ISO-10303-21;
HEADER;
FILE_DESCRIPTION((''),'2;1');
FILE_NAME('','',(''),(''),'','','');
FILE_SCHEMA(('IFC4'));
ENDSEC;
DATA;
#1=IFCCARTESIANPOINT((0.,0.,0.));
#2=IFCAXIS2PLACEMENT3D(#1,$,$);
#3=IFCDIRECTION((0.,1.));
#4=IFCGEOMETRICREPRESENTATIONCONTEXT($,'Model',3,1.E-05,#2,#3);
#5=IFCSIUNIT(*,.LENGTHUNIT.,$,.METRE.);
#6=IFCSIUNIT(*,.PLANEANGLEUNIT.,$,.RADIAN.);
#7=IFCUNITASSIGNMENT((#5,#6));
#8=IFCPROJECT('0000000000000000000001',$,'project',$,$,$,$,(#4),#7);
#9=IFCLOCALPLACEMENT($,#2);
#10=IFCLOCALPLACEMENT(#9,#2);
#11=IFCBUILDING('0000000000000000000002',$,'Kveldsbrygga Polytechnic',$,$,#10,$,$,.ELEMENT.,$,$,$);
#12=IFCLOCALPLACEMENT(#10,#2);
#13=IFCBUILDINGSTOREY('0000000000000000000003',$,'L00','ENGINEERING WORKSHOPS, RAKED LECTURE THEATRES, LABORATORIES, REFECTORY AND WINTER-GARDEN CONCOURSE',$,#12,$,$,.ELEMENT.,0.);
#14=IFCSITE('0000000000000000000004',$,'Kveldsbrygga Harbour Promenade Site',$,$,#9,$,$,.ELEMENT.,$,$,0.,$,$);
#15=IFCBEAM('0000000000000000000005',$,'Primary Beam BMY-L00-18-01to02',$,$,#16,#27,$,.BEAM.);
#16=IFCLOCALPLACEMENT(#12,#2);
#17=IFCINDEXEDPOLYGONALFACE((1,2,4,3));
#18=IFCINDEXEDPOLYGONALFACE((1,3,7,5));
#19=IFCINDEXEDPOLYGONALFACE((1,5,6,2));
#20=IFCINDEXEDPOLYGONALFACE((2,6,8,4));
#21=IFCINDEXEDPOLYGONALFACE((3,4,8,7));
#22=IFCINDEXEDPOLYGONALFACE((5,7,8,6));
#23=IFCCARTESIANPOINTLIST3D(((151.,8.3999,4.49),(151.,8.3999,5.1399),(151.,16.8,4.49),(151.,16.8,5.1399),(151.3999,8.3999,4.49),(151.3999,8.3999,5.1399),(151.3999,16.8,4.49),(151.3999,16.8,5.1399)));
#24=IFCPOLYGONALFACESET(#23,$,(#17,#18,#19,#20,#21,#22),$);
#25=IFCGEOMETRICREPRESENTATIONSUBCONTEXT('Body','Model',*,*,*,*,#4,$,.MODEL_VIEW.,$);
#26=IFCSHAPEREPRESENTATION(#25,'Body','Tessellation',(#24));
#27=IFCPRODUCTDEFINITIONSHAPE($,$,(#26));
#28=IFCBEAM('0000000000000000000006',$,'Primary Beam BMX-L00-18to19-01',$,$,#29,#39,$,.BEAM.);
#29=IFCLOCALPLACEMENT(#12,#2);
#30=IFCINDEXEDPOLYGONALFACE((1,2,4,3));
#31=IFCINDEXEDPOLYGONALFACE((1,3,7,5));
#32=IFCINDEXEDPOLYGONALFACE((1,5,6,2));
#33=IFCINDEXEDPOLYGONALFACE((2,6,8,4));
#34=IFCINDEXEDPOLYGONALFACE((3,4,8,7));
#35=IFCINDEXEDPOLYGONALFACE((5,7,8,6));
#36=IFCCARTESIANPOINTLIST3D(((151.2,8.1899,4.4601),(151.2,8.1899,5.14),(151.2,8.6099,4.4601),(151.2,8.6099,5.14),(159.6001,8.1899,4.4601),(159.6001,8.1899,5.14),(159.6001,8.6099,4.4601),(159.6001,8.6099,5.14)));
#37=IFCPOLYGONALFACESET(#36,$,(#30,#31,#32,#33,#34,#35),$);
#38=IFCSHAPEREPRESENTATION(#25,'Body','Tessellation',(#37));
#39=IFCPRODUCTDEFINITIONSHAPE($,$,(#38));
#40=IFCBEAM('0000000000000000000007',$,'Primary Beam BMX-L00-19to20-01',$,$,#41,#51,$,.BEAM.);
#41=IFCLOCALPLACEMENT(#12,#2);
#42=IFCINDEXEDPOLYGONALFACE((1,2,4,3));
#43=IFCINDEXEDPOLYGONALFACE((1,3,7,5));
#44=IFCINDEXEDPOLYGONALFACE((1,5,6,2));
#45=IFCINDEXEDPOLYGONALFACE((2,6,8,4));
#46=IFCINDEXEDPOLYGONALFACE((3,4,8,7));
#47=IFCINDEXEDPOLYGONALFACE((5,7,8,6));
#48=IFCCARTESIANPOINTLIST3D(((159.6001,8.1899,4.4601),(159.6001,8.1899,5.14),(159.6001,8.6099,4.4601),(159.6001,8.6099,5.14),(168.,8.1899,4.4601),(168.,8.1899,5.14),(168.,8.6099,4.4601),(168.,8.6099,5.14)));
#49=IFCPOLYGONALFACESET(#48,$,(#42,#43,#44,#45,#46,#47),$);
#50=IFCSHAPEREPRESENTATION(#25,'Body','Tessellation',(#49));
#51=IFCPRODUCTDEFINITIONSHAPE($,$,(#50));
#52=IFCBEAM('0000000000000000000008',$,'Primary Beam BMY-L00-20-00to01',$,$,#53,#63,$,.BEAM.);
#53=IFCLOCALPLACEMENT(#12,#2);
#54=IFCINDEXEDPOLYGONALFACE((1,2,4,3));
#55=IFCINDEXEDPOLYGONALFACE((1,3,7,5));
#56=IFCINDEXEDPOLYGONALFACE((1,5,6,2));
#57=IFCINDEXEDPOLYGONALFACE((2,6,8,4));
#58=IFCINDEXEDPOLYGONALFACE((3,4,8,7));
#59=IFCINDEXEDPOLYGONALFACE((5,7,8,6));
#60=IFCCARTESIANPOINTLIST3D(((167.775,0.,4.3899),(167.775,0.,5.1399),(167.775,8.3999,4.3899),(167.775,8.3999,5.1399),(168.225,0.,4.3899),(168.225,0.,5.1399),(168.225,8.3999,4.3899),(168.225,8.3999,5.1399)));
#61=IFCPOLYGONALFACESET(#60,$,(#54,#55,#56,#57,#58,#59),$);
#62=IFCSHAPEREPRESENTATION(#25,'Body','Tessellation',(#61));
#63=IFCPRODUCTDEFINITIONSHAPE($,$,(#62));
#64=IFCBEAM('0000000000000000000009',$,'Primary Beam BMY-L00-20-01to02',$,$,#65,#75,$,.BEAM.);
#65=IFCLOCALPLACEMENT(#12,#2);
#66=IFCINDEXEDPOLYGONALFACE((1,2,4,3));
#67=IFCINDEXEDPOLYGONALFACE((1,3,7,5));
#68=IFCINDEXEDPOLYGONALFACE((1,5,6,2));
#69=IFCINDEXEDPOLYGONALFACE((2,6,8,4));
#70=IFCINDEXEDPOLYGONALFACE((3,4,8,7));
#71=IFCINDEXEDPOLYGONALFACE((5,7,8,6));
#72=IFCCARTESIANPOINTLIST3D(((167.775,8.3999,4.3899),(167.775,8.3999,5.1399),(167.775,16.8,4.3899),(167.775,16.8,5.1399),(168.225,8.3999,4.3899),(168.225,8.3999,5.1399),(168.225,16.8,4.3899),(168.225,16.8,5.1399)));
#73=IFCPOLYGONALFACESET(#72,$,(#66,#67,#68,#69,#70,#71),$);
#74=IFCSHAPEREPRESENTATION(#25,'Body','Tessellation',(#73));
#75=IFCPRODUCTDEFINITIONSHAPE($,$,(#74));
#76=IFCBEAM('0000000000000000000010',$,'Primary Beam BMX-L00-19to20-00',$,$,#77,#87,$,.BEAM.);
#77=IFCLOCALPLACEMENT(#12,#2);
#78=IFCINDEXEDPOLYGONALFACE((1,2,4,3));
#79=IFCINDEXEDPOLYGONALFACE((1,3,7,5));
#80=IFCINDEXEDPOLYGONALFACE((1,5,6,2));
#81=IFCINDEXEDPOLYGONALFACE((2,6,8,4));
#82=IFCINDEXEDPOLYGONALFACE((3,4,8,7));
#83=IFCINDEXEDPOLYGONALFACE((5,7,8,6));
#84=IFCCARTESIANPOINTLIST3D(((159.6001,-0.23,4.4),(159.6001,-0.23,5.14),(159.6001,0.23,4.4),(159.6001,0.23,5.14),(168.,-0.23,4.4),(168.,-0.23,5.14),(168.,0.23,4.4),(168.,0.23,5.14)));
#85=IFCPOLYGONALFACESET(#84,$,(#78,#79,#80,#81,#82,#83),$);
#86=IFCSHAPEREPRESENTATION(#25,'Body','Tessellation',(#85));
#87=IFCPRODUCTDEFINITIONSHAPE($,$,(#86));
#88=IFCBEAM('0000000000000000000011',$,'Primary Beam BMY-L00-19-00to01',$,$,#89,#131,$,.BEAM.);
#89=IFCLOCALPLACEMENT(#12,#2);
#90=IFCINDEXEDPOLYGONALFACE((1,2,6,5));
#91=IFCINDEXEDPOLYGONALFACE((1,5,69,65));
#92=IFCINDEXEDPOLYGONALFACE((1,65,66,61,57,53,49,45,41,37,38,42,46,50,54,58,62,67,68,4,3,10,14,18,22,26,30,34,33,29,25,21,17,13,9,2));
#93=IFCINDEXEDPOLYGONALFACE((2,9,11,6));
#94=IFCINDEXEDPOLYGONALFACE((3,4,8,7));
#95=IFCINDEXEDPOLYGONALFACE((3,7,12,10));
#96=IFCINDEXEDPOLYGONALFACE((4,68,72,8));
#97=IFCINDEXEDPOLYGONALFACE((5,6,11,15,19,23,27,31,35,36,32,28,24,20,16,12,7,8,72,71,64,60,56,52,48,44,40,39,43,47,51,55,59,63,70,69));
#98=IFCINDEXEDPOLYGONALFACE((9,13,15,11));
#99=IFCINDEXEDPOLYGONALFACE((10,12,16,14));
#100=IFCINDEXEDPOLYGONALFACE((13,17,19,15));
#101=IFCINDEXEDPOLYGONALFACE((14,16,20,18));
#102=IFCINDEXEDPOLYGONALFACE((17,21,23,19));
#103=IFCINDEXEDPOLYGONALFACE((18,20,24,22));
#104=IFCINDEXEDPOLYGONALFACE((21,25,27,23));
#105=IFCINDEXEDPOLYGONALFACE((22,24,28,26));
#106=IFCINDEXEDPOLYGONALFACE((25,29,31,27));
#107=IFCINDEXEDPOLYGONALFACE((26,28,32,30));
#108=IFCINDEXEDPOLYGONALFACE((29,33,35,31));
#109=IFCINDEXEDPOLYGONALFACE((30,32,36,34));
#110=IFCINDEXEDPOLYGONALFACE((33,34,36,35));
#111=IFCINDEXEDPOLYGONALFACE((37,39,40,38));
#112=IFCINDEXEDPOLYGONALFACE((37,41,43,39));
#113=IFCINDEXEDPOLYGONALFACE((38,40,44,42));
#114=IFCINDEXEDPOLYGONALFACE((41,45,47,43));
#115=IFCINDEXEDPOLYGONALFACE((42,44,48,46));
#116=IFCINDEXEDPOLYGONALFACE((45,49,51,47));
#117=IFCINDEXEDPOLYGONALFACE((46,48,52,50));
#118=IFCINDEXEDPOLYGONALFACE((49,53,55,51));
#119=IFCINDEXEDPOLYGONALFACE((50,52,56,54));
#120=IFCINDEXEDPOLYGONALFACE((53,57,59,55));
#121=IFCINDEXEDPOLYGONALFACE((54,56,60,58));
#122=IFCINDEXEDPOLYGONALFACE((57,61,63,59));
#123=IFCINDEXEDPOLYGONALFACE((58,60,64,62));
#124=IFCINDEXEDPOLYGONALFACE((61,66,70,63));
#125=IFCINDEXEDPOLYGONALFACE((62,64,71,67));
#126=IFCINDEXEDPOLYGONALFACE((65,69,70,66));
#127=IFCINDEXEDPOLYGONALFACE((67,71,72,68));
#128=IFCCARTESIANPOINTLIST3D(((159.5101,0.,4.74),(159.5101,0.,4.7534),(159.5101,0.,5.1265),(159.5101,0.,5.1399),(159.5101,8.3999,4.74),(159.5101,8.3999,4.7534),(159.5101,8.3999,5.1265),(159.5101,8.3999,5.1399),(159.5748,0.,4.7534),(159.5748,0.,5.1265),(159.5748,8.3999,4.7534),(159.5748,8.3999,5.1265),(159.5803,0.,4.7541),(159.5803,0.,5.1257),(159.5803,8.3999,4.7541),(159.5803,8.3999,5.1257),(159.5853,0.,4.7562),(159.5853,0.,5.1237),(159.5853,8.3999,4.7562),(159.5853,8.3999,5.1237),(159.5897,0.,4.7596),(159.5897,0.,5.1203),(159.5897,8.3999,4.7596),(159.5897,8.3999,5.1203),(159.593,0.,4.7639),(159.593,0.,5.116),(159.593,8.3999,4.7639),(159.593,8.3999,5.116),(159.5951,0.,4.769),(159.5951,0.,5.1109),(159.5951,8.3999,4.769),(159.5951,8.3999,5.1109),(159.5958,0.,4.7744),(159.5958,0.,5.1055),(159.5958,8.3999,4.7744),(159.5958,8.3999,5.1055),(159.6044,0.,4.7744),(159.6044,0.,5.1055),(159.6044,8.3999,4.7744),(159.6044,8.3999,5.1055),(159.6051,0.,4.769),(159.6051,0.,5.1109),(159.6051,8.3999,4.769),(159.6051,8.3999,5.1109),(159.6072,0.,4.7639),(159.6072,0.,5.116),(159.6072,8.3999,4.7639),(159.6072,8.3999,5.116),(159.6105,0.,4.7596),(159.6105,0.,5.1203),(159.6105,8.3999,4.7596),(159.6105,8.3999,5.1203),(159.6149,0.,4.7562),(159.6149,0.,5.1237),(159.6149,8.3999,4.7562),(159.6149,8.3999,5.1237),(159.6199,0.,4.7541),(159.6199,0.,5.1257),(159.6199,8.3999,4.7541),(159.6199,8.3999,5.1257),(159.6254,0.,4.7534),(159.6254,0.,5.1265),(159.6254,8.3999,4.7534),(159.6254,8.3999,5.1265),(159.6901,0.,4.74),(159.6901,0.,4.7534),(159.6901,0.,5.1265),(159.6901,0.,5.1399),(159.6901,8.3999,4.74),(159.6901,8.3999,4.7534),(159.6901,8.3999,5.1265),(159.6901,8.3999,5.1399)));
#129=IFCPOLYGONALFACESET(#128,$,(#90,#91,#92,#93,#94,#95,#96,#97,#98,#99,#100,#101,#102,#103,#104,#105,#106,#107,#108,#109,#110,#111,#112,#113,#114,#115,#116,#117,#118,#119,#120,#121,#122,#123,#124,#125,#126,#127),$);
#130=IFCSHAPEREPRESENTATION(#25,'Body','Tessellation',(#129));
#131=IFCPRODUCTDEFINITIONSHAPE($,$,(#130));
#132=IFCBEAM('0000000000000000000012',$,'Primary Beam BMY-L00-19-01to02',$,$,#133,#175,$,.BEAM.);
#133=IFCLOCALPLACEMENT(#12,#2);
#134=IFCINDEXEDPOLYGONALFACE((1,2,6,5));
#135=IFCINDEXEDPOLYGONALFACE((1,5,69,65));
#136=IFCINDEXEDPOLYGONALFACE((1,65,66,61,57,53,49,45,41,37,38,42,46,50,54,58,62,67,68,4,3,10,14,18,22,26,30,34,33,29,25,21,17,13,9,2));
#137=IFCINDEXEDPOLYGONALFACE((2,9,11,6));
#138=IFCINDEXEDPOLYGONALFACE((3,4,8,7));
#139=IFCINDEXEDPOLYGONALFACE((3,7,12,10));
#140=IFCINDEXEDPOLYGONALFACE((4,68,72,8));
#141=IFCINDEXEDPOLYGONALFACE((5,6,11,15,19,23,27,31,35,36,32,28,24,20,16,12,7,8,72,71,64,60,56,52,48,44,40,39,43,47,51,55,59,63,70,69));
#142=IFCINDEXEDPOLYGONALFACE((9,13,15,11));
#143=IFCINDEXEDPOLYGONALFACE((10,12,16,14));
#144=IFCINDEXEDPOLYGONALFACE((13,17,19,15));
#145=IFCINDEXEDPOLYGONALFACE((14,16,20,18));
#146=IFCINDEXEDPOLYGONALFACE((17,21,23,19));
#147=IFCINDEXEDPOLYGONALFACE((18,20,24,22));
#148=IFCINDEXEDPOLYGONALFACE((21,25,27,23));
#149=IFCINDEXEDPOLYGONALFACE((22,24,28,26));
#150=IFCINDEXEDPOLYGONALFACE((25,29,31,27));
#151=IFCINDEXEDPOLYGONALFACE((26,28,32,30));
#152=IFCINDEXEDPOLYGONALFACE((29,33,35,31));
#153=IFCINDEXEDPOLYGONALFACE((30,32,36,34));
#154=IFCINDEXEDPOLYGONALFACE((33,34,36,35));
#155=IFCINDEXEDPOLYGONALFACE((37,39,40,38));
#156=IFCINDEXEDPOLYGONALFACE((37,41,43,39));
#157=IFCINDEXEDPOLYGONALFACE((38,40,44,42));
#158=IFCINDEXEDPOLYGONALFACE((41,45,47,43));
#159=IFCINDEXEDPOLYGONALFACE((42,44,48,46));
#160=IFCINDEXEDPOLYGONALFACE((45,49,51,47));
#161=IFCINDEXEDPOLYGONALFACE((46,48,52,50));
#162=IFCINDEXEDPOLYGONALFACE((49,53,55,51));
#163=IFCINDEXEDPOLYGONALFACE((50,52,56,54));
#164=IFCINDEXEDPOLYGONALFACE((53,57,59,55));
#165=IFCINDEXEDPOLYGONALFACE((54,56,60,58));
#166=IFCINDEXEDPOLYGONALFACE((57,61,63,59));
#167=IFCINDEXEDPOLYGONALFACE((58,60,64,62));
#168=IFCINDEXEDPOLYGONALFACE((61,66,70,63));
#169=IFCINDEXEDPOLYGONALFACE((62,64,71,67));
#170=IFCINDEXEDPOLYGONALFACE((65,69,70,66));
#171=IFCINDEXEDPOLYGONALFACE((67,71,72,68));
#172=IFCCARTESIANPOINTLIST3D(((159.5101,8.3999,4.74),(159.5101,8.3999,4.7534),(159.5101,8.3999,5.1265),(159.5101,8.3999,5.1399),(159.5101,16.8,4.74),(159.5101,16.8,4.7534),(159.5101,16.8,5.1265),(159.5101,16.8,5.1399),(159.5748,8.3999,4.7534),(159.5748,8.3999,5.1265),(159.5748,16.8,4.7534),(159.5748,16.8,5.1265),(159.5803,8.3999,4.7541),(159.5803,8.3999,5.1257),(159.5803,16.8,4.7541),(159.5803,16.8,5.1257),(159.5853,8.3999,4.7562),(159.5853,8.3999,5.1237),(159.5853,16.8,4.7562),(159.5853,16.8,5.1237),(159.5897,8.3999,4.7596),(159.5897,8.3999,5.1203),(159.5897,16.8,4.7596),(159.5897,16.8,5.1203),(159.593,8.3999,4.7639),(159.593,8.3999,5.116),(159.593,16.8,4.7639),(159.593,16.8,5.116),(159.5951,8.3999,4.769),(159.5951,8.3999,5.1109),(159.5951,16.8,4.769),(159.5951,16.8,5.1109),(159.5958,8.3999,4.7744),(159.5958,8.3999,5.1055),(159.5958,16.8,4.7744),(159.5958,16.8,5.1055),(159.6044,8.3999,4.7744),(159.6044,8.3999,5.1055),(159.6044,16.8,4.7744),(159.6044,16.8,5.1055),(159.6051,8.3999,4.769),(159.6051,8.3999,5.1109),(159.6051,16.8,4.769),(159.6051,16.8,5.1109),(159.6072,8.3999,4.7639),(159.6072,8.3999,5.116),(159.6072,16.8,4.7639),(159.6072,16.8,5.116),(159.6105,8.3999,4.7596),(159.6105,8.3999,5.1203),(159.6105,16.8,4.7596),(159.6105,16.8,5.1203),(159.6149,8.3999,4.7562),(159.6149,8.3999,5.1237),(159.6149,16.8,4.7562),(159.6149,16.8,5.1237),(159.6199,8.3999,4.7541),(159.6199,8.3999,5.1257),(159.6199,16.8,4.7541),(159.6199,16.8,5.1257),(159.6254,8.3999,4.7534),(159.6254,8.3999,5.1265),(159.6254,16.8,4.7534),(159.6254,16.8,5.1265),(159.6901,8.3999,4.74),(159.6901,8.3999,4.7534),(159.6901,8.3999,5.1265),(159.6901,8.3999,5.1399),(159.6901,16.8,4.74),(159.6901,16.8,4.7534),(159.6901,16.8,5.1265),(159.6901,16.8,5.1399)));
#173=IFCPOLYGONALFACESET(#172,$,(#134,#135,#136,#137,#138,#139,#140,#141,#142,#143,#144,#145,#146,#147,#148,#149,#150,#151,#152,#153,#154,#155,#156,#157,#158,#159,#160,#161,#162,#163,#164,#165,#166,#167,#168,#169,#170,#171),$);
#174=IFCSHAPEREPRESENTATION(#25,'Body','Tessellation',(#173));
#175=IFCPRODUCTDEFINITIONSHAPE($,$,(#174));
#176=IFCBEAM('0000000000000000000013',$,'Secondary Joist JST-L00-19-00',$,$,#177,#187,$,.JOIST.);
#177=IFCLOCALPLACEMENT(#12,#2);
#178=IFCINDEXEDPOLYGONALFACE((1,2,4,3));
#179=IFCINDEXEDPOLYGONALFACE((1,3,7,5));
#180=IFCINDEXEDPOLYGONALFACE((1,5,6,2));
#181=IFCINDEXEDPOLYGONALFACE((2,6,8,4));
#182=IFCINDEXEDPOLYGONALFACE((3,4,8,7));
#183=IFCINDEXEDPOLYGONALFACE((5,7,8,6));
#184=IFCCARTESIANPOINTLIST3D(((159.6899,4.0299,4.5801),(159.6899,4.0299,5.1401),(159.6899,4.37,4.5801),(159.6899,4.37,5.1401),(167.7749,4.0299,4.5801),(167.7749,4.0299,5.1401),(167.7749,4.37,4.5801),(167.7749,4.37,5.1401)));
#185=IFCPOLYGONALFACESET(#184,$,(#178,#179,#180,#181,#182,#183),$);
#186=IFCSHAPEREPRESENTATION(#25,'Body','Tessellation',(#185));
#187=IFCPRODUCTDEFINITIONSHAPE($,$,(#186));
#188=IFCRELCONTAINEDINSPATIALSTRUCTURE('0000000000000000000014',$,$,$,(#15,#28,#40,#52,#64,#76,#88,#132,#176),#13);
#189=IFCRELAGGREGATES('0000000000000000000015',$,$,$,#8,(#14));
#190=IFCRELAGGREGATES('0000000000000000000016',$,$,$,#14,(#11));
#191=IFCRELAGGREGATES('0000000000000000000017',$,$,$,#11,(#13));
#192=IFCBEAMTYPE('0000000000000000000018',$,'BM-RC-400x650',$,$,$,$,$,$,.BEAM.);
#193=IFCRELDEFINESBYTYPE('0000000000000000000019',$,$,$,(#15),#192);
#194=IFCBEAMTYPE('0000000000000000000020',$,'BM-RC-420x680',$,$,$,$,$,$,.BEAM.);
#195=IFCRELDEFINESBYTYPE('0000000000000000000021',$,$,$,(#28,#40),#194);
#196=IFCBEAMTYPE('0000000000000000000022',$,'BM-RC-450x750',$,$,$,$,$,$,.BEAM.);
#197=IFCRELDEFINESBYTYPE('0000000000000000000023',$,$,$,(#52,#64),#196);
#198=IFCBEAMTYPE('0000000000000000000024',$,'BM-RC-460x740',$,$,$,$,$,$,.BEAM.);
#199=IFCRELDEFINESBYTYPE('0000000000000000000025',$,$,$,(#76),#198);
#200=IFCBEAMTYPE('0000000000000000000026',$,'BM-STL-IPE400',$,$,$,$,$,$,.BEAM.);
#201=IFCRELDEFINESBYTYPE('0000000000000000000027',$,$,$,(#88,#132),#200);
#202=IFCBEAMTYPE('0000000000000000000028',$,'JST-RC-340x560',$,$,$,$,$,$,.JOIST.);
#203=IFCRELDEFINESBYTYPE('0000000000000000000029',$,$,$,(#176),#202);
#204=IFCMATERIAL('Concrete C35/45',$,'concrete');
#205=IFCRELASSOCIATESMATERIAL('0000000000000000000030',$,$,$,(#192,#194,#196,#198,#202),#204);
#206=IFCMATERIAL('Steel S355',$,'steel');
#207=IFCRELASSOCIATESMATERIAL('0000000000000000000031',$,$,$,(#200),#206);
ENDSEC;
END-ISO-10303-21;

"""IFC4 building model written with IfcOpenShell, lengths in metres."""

from ifc_helpers import new_model, si_unit, direction, frame, origin, origin_2d, place, context, subcontext, project, spatial, rectangle, i_section, extrude, material, material_profile, profile_set, type_object, element, save


model = new_model("IFC4")

# Units and contexts
model_context = context("Model", 3, precision=1e-05, world=origin(), true_north=direction((0.0, 1.0)))
body_context = subcontext(model_context, "Body", "Model", "MODEL_VIEW")
ifc_project = project(units=[si_unit("LENGTHUNIT", "METRE"), si_unit("PLANEANGLEUNIT", "RADIAN")], contexts=[model_context])

# Site, building, storey
site_placement = place(None, origin())
site = spatial("IfcSite", under=ifc_project, at=site_placement, Name="Kveldsbrygga Harbour Promenade Site", CompositionType="ELEMENT", RefElevation=0.0)
building_placement = place(site_placement, origin())
building = spatial("IfcBuilding", under=site, at=building_placement, Name="Kveldsbrygga Polytechnic", CompositionType="ELEMENT")
storey_placement = place(building_placement, origin())
storey = spatial("IfcBuildingStorey", under=building, at=storey_placement, Name="L00", Description="ENGINEERING WORKSHOPS, RAKED LECTURE THEATRES, LABORATORIES, REFECTORY AND WINTER-GARDEN CONCOURSE", CompositionType="ELEMENT", Elevation=0.0)

# Beams
ifc_material_1 = material(Name="Concrete C35/45", Category="concrete")
ifc_material_profile_1 = material_profile(ifc_material_1, rectangle(XDim=0.3999, YDim=0.6499, at=origin_2d()), Name="RC 400x650")
ifc_profile_set_1 = profile_set([ifc_material_profile_1], Name="Concrete C35/45")
beam_type_1 = type_object("IfcBeamType", Name="BM-RC-400x650", PredefinedType="BEAM", material=ifc_profile_set_1)
beam_1_placement = place(storey_placement, frame((151.2, 8.3999, 4.8149), z_axis=(0.0, 1.0, 0.0), x_axis=(-1.0, 0.0, 0.0)))
element("IfcBeam", 1, at=beam_1_placement, inside=storey, type_object=beam_type_1, Name="Primary Beam BMY-L00-18-01to02", PredefinedType="BEAM", context=body_context, shape_type="SweptSolid", body=[
    extrude(rectangle(XDim=0.3999, YDim=0.6499, at=origin_2d()), origin(), (0.0, 0.0, 1.0), 8.4001),
])
ifc_material_profile_2 = material_profile(ifc_material_1, rectangle(XDim=0.4199, YDim=0.6799, at=origin_2d()), Name="RC 420x680")
ifc_profile_set_2 = profile_set([ifc_material_profile_2], Name="Concrete C35/45")
beam_type_2 = type_object("IfcBeamType", Name="BM-RC-420x680", PredefinedType="BEAM", material=ifc_profile_set_2)
beam_2_placement = place(storey_placement, frame((151.2, 8.3999, 4.8), z_axis=(1.0, 0.0, 0.0), x_axis=(0.0, 1.0, 0.0)))
element("IfcBeam", 2, at=beam_2_placement, inside=storey, type_object=beam_type_2, Name="Primary Beam BMX-L00-18to19-01", PredefinedType="BEAM", context=body_context, shape_type="SweptSolid", body=[
    extrude(rectangle(XDim=0.4199, YDim=0.6799, at=origin_2d()), origin(), (0.0, 0.0, 1.0), 8.4001),
])
beam_3_placement = place(storey_placement, frame((159.6001, 8.3999, 4.8), z_axis=(1.0, 0.0, 0.0), x_axis=(0.0, 1.0, 0.0)))
element("IfcBeam", 3, at=beam_3_placement, inside=storey, type_object=beam_type_2, Name="Primary Beam BMX-L00-19to20-01", PredefinedType="BEAM", context=body_context, shape_type="SweptSolid", body=[
    extrude(rectangle(XDim=0.4199, YDim=0.6799, at=origin_2d()), origin(), (0.0, 0.0, 1.0), 8.3999),
])
ifc_material_profile_3 = material_profile(ifc_material_1, rectangle(XDim=0.45, YDim=0.75, at=origin_2d()), Name="RC 450x750")
ifc_profile_set_3 = profile_set([ifc_material_profile_3], Name="Concrete C35/45")
beam_type_3 = type_object("IfcBeamType", Name="BM-RC-450x750", PredefinedType="BEAM", material=ifc_profile_set_3)
beam_4_placement = place(storey_placement, frame((168.0, 0.0, 4.7649), z_axis=(0.0, 1.0, 0.0), x_axis=(-1.0, 0.0, 0.0)))
element("IfcBeam", 4, at=beam_4_placement, inside=storey, type_object=beam_type_3, Name="Primary Beam BMY-L00-20-00to01", PredefinedType="BEAM", context=body_context, shape_type="SweptSolid", body=[
    extrude(rectangle(XDim=0.45, YDim=0.75, at=origin_2d()), origin(), (0.0, 0.0, 1.0), 8.3999),
])
beam_5_placement = place(storey_placement, frame((168.0, 8.3999, 4.7649), z_axis=(0.0, 1.0, 0.0), x_axis=(-1.0, 0.0, 0.0)))
element("IfcBeam", 5, at=beam_5_placement, inside=storey, type_object=beam_type_3, Name="Primary Beam BMY-L00-20-01to02", PredefinedType="BEAM", context=body_context, shape_type="SweptSolid", body=[
    extrude(rectangle(XDim=0.45, YDim=0.75, at=origin_2d()), origin(), (0.0, 0.0, 1.0), 8.4001),
])
ifc_material_profile_4 = material_profile(ifc_material_1, rectangle(XDim=0.46, YDim=0.74, at=origin_2d()), Name="RC 460x740")
ifc_profile_set_4 = profile_set([ifc_material_profile_4], Name="Concrete C35/45")
beam_type_4 = type_object("IfcBeamType", Name="BM-RC-460x740", PredefinedType="BEAM", material=ifc_profile_set_4)
beam_6_placement = place(storey_placement, frame((159.6001, 0.0, 4.77), z_axis=(1.0, 0.0, 0.0), x_axis=(0.0, 1.0, 0.0)))
element("IfcBeam", 6, at=beam_6_placement, inside=storey, type_object=beam_type_4, Name="Primary Beam BMX-L00-19to20-00", PredefinedType="BEAM", context=body_context, shape_type="SweptSolid", body=[
    extrude(rectangle(XDim=0.46, YDim=0.74, at=origin_2d()), origin(), (0.0, 0.0, 1.0), 8.3999),
])
ifc_material_2 = material(Name="Steel S355", Category="steel")
ifc_material_profile_5 = material_profile(ifc_material_2, i_section(OverallWidth=0.1799, OverallDepth=0.3999, WebThickness=0.0085, FlangeThickness=0.0134, FilletRadius=0.021, at=origin_2d()), Name="IPE 400")
ifc_profile_set_5 = profile_set([ifc_material_profile_5], Name="Steel S355")
beam_type_5 = type_object("IfcBeamType", Name="BM-STL-IPE400", PredefinedType="BEAM", material=ifc_profile_set_5)
beam_7_placement = place(storey_placement, frame((159.6001, 0.0, 4.9399), z_axis=(0.0, 1.0, 0.0), x_axis=(-1.0, 0.0, 0.0)))
element("IfcBeam", 7, at=beam_7_placement, inside=storey, type_object=beam_type_5, Name="Primary Beam BMY-L00-19-00to01", PredefinedType="BEAM", context=body_context, shape_type="SweptSolid", body=[
    extrude(i_section(OverallWidth=0.1799, OverallDepth=0.3999, WebThickness=0.0085, FlangeThickness=0.0134, FilletRadius=0.021, at=origin_2d()), origin(), (0.0, 0.0, 1.0), 8.3999),
])
beam_8_placement = place(storey_placement, frame((159.6001, 8.3999, 4.9399), z_axis=(0.0, 1.0, 0.0), x_axis=(-1.0, 0.0, 0.0)))
element("IfcBeam", 8, at=beam_8_placement, inside=storey, type_object=beam_type_5, Name="Primary Beam BMY-L00-19-01to02", PredefinedType="BEAM", context=body_context, shape_type="SweptSolid", body=[
    extrude(i_section(OverallWidth=0.1799, OverallDepth=0.3999, WebThickness=0.0085, FlangeThickness=0.0134, FilletRadius=0.021, at=origin_2d()), origin(), (0.0, 0.0, 1.0), 8.4001),
])
ifc_material_profile_6 = material_profile(ifc_material_1, rectangle(XDim=0.3401, YDim=0.5601, at=origin_2d()), Name="RC 340x560")
ifc_profile_set_6 = profile_set([ifc_material_profile_6], Name="Concrete C35/45")
beam_type_6 = type_object("IfcBeamType", Name="JST-RC-340x560", PredefinedType="JOIST", material=ifc_profile_set_6)
beam_9_placement = place(storey_placement, frame((159.6899, 4.2, 4.8601), z_axis=(1.0, 0.0, 0.0), x_axis=(0.0, 1.0, 0.0)))
element("IfcBeam", 9, at=beam_9_placement, inside=storey, type_object=beam_type_6, Name="Secondary Joist JST-L00-19-00", PredefinedType="JOIST", context=body_context, shape_type="SweptSolid", body=[
    extrude(rectangle(XDim=0.3401, YDim=0.5601, at=origin_2d()), origin(), (0.0, 0.0, 1.0), 8.085),
])

save(model, "model.ifc")
